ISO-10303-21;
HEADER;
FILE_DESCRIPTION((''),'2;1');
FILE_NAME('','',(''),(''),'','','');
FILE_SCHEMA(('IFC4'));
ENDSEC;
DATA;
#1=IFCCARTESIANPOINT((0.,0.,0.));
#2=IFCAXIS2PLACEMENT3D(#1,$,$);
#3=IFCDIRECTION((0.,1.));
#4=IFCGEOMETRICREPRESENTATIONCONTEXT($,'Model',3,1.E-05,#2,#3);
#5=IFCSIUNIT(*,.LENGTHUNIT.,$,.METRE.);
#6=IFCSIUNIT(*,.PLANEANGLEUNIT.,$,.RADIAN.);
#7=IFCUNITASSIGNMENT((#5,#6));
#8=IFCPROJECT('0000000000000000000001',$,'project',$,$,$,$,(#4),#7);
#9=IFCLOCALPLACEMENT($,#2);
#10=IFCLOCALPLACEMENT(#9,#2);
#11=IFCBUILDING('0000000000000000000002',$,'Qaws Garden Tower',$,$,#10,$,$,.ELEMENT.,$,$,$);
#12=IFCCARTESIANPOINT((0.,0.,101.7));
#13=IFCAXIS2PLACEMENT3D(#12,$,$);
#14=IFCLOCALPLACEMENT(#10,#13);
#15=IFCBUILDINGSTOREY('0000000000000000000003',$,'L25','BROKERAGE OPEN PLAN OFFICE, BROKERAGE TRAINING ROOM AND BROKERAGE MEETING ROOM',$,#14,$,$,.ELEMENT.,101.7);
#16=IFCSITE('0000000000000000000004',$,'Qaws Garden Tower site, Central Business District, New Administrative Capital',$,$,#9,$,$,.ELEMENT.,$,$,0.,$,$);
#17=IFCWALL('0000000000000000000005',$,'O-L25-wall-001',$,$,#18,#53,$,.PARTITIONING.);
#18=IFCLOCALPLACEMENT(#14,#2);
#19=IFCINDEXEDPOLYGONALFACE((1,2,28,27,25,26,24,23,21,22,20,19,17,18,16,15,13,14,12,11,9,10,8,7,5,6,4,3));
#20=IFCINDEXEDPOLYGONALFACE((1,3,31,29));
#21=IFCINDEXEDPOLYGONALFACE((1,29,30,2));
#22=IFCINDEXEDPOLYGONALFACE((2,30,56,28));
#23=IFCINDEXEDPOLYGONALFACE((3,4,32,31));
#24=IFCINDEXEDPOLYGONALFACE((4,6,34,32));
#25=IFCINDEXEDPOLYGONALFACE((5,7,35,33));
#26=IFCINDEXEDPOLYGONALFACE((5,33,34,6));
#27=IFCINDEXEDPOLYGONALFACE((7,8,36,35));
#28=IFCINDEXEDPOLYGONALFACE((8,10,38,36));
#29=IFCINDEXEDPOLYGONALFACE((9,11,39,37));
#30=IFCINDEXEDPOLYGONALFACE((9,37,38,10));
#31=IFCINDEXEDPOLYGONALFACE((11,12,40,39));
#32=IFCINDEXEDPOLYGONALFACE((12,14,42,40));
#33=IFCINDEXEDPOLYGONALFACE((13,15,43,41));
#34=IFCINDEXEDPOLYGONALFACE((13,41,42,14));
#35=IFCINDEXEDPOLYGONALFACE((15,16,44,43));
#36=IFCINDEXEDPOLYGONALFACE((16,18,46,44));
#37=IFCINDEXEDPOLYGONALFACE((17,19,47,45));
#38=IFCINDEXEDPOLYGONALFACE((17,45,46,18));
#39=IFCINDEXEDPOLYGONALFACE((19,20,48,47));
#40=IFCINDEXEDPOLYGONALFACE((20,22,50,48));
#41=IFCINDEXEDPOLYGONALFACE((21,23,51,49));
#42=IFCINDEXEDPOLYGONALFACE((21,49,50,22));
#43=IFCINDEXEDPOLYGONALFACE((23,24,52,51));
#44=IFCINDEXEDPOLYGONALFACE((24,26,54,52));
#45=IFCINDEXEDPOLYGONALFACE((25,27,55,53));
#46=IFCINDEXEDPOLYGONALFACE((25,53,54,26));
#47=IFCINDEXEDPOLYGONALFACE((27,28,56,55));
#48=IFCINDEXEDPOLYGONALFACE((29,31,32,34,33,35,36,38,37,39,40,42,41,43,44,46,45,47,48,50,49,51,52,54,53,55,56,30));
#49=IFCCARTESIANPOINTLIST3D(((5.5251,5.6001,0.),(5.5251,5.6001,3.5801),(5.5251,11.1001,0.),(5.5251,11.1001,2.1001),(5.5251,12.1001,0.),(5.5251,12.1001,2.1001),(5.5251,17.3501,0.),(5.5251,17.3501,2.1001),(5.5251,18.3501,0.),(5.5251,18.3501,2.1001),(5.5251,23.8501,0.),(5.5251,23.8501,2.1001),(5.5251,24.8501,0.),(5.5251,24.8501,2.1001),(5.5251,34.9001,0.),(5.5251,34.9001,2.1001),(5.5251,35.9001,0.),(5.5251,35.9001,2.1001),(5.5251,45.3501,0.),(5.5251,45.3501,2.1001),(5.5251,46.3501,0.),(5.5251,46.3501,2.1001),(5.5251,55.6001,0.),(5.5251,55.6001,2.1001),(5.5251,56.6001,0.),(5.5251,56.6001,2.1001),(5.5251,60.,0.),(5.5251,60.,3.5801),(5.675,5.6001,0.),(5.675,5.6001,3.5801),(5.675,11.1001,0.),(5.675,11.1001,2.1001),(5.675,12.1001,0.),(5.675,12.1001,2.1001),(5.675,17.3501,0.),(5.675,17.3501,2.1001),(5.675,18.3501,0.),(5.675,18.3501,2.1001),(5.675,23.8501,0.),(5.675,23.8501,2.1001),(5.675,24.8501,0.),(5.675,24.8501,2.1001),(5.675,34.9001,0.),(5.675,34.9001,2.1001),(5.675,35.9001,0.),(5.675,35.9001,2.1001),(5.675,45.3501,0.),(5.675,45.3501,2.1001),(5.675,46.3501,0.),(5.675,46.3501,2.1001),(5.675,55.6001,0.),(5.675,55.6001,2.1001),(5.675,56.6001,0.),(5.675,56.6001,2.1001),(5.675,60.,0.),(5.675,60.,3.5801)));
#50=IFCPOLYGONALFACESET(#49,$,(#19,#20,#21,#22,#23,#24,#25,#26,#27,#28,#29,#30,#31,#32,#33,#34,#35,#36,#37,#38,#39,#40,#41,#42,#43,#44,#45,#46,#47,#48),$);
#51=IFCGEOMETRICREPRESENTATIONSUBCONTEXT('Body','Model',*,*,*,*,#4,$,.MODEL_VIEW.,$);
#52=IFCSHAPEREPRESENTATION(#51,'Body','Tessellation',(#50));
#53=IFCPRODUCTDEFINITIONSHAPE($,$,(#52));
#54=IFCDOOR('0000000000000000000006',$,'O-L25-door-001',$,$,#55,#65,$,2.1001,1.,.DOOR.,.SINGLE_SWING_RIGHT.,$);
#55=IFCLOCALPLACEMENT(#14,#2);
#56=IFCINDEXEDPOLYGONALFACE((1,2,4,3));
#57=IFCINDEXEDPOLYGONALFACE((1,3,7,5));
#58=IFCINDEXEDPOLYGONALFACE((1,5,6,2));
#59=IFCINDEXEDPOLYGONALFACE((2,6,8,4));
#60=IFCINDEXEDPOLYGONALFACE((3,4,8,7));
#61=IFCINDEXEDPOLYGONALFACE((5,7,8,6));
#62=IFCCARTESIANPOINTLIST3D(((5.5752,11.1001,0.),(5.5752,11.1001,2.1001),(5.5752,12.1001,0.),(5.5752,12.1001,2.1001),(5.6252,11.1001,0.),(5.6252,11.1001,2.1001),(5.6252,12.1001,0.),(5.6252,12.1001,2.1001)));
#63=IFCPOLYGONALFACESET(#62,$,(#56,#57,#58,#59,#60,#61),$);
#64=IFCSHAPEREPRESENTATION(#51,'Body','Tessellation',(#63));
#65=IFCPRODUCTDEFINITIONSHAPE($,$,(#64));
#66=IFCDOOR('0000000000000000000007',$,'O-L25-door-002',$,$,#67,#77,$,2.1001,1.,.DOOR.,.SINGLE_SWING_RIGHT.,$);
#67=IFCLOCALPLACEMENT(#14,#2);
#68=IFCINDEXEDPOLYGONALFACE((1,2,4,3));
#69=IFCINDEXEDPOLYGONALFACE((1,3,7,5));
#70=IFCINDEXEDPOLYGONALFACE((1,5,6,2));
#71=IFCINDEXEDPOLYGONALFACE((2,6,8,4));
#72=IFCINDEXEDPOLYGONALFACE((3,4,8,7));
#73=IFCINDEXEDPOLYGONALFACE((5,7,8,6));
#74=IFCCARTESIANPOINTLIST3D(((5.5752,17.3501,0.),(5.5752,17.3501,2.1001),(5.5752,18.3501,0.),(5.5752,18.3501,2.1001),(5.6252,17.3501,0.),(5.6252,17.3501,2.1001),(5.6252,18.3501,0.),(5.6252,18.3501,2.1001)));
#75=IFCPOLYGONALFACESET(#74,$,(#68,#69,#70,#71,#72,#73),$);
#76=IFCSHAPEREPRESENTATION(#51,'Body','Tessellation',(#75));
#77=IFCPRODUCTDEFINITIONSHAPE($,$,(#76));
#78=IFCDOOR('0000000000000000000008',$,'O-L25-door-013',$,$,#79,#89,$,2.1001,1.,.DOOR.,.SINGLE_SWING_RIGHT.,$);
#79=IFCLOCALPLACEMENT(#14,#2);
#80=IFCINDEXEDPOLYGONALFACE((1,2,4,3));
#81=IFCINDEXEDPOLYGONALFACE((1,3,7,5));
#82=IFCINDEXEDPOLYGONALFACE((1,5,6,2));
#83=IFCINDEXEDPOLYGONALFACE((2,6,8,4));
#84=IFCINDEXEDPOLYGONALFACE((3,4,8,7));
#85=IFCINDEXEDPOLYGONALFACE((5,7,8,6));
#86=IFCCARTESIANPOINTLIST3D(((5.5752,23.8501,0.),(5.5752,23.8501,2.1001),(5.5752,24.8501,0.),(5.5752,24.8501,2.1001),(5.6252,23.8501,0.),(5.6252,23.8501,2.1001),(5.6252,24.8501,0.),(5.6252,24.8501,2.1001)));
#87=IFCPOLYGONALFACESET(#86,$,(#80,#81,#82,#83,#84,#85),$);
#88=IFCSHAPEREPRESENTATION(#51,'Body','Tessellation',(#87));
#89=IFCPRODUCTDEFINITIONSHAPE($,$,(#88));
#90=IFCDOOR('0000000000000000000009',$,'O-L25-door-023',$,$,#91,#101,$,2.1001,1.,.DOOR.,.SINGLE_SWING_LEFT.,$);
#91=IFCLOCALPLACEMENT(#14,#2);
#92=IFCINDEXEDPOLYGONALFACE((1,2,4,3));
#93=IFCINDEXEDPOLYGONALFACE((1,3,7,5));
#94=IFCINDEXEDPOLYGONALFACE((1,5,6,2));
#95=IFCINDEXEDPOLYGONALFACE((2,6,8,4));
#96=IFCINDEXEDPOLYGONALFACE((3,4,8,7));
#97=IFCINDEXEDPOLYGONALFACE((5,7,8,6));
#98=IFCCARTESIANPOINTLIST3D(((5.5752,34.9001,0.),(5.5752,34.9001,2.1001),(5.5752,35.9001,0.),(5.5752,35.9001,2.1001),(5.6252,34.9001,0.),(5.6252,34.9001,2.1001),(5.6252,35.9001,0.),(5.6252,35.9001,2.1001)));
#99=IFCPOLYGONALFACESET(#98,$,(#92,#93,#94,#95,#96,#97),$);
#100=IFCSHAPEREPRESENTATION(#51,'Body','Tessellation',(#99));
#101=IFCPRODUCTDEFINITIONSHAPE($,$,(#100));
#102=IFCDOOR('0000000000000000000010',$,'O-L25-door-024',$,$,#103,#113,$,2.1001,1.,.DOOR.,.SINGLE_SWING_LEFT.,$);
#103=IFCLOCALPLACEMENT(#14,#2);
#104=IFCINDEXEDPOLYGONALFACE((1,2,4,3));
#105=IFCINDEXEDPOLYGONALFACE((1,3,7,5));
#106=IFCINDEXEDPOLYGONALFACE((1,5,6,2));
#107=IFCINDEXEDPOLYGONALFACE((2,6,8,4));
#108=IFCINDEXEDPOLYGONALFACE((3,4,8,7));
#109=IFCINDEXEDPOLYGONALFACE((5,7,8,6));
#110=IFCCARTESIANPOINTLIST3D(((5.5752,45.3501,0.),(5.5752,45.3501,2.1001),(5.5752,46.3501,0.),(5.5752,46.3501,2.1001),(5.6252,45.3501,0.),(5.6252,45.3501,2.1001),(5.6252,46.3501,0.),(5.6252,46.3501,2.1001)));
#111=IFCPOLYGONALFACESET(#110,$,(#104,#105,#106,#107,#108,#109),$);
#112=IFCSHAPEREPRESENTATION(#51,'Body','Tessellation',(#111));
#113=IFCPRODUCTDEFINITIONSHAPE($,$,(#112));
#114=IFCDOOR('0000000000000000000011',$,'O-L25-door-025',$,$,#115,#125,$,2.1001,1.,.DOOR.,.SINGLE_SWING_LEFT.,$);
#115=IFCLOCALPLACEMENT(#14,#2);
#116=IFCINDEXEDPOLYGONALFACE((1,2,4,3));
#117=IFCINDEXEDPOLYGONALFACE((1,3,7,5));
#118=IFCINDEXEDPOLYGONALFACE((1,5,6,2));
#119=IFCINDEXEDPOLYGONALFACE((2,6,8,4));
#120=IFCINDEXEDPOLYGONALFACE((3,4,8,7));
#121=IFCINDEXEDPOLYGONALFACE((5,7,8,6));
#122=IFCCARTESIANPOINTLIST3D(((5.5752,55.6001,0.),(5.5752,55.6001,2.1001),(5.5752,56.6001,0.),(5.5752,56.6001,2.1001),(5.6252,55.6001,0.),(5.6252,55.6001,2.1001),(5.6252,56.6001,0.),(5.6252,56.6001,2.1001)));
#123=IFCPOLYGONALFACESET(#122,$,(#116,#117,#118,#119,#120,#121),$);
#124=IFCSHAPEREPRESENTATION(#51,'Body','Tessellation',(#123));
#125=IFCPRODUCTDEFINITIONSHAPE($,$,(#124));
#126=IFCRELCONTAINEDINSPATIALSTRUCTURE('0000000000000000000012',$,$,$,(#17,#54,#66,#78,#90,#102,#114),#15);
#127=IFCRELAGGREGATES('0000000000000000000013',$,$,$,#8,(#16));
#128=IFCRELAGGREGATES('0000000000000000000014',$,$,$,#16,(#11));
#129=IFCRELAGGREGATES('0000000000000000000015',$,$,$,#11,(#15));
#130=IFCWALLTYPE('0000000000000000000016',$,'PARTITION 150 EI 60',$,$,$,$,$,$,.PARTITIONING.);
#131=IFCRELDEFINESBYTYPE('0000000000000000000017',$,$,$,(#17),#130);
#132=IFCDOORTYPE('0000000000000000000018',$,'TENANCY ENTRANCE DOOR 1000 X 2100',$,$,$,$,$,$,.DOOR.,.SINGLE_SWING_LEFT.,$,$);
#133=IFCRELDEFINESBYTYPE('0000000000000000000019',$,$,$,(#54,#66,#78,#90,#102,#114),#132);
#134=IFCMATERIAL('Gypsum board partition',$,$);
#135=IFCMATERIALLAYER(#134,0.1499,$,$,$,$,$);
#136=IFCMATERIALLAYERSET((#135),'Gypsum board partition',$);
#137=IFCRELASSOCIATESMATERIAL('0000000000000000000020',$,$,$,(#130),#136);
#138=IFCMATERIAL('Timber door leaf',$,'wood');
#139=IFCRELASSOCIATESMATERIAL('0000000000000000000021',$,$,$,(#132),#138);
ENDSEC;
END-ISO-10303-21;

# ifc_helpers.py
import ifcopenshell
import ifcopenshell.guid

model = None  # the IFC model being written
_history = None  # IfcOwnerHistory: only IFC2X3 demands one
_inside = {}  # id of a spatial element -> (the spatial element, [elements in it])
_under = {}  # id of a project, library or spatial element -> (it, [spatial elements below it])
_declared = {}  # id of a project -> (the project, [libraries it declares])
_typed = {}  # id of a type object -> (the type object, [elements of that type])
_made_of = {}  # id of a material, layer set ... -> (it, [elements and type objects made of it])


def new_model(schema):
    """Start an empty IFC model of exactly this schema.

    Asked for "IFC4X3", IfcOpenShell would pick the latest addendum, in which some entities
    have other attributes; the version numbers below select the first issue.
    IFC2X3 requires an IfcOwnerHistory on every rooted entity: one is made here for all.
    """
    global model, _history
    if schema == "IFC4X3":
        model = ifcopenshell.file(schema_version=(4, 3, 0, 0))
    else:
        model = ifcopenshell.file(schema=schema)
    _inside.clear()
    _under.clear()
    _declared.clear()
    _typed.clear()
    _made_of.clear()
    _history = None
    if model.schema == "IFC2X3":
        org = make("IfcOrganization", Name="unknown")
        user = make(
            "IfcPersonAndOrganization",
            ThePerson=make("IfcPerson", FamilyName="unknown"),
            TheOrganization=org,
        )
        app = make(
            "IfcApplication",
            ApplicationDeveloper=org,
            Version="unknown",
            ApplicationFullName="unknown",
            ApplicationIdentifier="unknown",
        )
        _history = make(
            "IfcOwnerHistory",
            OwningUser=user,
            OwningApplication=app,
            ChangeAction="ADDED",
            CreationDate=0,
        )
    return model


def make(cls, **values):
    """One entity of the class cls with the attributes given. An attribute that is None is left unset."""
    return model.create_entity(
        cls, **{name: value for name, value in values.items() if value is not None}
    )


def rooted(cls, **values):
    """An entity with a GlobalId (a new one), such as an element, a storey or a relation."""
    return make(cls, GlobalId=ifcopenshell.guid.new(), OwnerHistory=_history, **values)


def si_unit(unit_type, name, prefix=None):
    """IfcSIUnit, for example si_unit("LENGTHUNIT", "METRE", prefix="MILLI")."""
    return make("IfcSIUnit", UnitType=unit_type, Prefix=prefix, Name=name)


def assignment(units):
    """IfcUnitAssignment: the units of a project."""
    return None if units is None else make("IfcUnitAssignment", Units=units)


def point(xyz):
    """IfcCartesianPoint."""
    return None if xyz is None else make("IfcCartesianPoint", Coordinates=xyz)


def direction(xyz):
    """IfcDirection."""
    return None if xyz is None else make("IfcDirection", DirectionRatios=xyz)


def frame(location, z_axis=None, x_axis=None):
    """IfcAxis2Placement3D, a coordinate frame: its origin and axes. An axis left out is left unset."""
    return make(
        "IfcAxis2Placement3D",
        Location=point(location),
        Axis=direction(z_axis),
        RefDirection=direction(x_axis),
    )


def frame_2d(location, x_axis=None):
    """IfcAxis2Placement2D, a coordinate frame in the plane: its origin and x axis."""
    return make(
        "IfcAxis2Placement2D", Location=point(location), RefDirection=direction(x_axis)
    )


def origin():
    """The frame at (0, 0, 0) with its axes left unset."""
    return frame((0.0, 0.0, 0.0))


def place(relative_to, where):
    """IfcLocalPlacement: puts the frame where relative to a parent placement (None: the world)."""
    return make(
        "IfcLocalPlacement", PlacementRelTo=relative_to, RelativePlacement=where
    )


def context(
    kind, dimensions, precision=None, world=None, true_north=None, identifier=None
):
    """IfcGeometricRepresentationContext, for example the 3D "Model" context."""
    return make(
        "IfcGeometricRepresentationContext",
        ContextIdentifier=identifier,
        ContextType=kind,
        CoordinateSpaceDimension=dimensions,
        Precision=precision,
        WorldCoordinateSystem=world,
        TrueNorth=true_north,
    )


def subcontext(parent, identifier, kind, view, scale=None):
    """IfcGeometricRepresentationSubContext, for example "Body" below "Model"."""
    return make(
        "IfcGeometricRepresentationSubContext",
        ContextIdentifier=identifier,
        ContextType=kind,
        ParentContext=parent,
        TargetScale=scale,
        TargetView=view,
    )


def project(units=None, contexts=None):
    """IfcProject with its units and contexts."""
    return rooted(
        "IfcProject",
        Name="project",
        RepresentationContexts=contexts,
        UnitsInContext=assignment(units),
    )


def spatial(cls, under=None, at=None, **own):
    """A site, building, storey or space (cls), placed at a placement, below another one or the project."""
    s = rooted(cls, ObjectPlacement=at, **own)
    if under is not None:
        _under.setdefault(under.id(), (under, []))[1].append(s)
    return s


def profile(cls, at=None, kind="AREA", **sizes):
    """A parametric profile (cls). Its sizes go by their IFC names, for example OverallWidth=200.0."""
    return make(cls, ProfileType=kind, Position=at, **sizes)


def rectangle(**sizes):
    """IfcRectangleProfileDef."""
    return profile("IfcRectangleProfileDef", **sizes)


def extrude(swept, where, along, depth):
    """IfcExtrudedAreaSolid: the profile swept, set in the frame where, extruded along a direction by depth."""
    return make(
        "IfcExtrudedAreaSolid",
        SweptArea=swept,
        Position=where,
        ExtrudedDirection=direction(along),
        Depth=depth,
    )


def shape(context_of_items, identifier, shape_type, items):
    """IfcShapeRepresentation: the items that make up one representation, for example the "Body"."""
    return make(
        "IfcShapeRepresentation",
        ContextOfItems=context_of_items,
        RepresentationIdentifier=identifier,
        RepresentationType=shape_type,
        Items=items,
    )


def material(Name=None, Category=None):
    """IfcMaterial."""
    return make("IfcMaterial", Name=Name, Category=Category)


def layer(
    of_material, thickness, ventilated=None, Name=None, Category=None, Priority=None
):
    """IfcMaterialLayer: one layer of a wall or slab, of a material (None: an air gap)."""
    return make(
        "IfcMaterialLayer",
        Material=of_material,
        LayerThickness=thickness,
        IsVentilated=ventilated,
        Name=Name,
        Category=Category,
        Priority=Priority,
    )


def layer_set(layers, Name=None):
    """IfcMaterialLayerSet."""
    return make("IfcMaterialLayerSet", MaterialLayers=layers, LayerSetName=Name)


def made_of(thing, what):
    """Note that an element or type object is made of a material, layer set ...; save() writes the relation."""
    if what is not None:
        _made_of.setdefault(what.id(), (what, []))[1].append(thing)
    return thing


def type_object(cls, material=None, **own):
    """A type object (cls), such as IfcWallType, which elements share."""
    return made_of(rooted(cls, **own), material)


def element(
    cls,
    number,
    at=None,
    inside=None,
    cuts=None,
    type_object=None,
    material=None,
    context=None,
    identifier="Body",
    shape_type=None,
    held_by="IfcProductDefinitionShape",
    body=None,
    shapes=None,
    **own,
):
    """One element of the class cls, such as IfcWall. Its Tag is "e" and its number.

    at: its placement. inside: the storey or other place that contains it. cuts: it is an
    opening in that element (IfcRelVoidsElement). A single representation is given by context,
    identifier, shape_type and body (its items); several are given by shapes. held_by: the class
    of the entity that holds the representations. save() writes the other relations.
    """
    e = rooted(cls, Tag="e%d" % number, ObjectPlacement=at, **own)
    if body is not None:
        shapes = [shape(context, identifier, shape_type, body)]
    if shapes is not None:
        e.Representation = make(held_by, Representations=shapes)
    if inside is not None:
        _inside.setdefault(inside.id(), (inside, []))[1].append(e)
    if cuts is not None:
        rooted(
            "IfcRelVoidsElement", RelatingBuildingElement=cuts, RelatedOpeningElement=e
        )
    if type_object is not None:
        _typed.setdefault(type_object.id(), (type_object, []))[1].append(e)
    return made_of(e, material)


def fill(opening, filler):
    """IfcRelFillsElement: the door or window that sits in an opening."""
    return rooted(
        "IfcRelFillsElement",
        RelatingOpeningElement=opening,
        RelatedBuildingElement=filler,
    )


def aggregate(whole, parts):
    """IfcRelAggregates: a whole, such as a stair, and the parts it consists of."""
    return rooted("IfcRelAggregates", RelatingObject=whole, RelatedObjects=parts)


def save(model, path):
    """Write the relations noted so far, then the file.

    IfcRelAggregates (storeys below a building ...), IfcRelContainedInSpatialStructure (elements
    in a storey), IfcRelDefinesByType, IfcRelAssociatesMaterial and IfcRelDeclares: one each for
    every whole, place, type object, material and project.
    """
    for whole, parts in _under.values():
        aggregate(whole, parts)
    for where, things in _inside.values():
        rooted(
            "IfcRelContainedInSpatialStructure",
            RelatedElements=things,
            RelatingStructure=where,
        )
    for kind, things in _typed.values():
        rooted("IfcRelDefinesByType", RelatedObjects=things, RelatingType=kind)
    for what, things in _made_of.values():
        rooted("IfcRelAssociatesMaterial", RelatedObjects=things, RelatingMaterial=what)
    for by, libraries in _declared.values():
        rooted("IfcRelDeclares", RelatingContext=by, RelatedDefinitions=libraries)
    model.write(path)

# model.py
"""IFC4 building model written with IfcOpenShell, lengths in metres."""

from ifc_helpers import new_model, si_unit, direction, frame, frame_2d, origin, place, context, subcontext, project, spatial, rectangle, extrude, material, layer, layer_set, type_object, element, fill, save


model = new_model("IFC4")

# Units and contexts
model_context = context("Model", 3, precision=1e-05, world=origin(), true_north=direction((0.0, 1.0)))
body_context = subcontext(model_context, "Body", "Model", "MODEL_VIEW")
ifc_project = project(units=[si_unit("LENGTHUNIT", "METRE"), si_unit("PLANEANGLEUNIT", "RADIAN")], contexts=[model_context])

# Site, building, storey
site_placement = place(None, origin())
site = spatial("IfcSite", under=ifc_project, at=site_placement, Name="Qaws Garden Tower site, Central Business District, New Administrative Capital", CompositionType="ELEMENT", RefElevation=0.0)
building_placement = place(site_placement, origin())
building = spatial("IfcBuilding", under=site, at=building_placement, Name="Qaws Garden Tower", CompositionType="ELEMENT")
storey_placement = place(building_placement, frame((0.0, 0.0, 101.7)))
storey = spatial("IfcBuildingStorey", under=building, at=storey_placement, Name="L25", Description="BROKERAGE OPEN PLAN OFFICE, BROKERAGE TRAINING ROOM AND BROKERAGE MEETING ROOM", CompositionType="ELEMENT", Elevation=101.7)

# Wall, openings, doors
ifc_material_1 = material(Name="Gypsum board partition")
ifc_layer_1 = layer(ifc_material_1, 0.1499)
ifc_layer_set_1 = layer_set([ifc_layer_1], Name="Gypsum board partition")
wall_type_1 = type_object("IfcWallType", Name="PARTITION 150 EI 60", PredefinedType="PARTITIONING", material=ifc_layer_set_1)
wall_1_placement = place(storey_placement, frame((5.6001, 5.6001, 0.0), z_axis=(0.0, 0.0, 1.0), x_axis=(0.0, 1.0, 0.0)))
wall_1 = element("IfcWall", 1, at=wall_1_placement, inside=storey, type_object=wall_type_1, Name="O-L25-wall-001", PredefinedType="PARTITIONING", context=body_context, shape_type="SweptSolid", body=[
    extrude(rectangle(XDim=54.3999, YDim=0.1499, at=frame_2d((27.2, 0.0))), origin(), (0.0, 0.0, 1.0), 3.5801),
])
opening_1_placement = place(wall_1_placement, frame((5.5, 0.0, 0.0)))
opening_1 = element("IfcOpeningElement", 2, at=opening_1_placement, cuts=wall_1, PredefinedType="OPENING", context=body_context, shape_type="SweptSolid", body=[
    extrude(rectangle(XDim=1.0, YDim=2.1001, at=frame_2d((0.5, 1.05))), frame((0.0, 0.085, 0.0), z_axis=(0.0, -1.0, 0.0), x_axis=(1.0, 0.0, 0.0)), (0.0, 0.0, 1.0), 0.1699),
])
opening_2_placement = place(wall_1_placement, frame((11.75, 0.0, 0.0)))
opening_2 = element("IfcOpeningElement", 3, at=opening_2_placement, cuts=wall_1, PredefinedType="OPENING", context=body_context, shape_type="SweptSolid", body=[
    extrude(rectangle(XDim=1.0, YDim=2.1001, at=frame_2d((0.5, 1.05))), frame((0.0, 0.085, 0.0), z_axis=(0.0, -1.0, 0.0), x_axis=(1.0, 0.0, 0.0)), (0.0, 0.0, 1.0), 0.1699),
])
opening_3_placement = place(wall_1_placement, frame((18.25, 0.0, 0.0)))
opening_3 = element("IfcOpeningElement", 4, at=opening_3_placement, cuts=wall_1, PredefinedType="OPENING", context=body_context, shape_type="SweptSolid", body=[
    extrude(rectangle(XDim=1.0, YDim=2.1001, at=frame_2d((0.5, 1.05))), frame((0.0, 0.085, 0.0), z_axis=(0.0, -1.0, 0.0), x_axis=(1.0, 0.0, 0.0)), (0.0, 0.0, 1.0), 0.1699),
])
opening_4_placement = place(wall_1_placement, frame((29.3, 0.0, 0.0)))
opening_4 = element("IfcOpeningElement", 5, at=opening_4_placement, cuts=wall_1, PredefinedType="OPENING", context=body_context, shape_type="SweptSolid", body=[
    extrude(rectangle(XDim=1.0, YDim=2.1001, at=frame_2d((0.5, 1.05))), frame((0.0, 0.085, 0.0), z_axis=(0.0, -1.0, 0.0), x_axis=(1.0, 0.0, 0.0)), (0.0, 0.0, 1.0), 0.1699),
])
opening_5_placement = place(wall_1_placement, frame((39.75, 0.0, 0.0)))
opening_5 = element("IfcOpeningElement", 6, at=opening_5_placement, cuts=wall_1, PredefinedType="OPENING", context=body_context, shape_type="SweptSolid", body=[
    extrude(rectangle(XDim=1.0, YDim=2.1001, at=frame_2d((0.5, 1.05))), frame((0.0, 0.085, 0.0), z_axis=(0.0, -1.0, 0.0), x_axis=(1.0, 0.0, 0.0)), (0.0, 0.0, 1.0), 0.1699),
])
opening_6_placement = place(wall_1_placement, frame((50.0, 0.0, 0.0)))
opening_6 = element("IfcOpeningElement", 7, at=opening_6_placement, cuts=wall_1, PredefinedType="OPENING", context=body_context, shape_type="SweptSolid", body=[
    extrude(rectangle(XDim=1.0, YDim=2.1001, at=frame_2d((0.5, 1.05))), frame((0.0, 0.085, 0.0), z_axis=(0.0, -1.0, 0.0), x_axis=(1.0, 0.0, 0.0)), (0.0, 0.0, 1.0), 0.1699),
])
ifc_material_2 = material(Name="Timber door leaf", Category="wood")
door_type_1 = type_object("IfcDoorType", Name="TENANCY ENTRANCE DOOR 1000 X 2100", OperationType="SINGLE_SWING_LEFT", PredefinedType="DOOR", material=ifc_material_2)
door_1_placement = place(opening_1_placement, origin())
door_1 = element("IfcDoor", 8, at=door_1_placement, inside=storey, type_object=door_type_1, Name="O-L25-door-001", OperationType="SINGLE_SWING_RIGHT", OverallHeight=2.1001, OverallWidth=1.0, PredefinedType="DOOR", context=body_context, shape_type="SweptSolid", body=[
    extrude(rectangle(XDim=1.0, YDim=2.1001, at=frame_2d((0.5, 1.05))), frame((0.0, 0.0249, 0.0), z_axis=(0.0, -1.0, 0.0), x_axis=(1.0, 0.0, 0.0)), (0.0, 0.0, 1.0), 0.05),
])
fill(opening_1, door_1)
door_2_placement = place(opening_2_placement, origin())
door_2 = element("IfcDoor", 9, at=door_2_placement, inside=storey, type_object=door_type_1, Name="O-L25-door-002", OperationType="SINGLE_SWING_RIGHT", OverallHeight=2.1001, OverallWidth=1.0, PredefinedType="DOOR", context=body_context, shape_type="SweptSolid", body=[
    extrude(rectangle(XDim=1.0, YDim=2.1001, at=frame_2d((0.5, 1.05))), frame((0.0, 0.0249, 0.0), z_axis=(0.0, -1.0, 0.0), x_axis=(1.0, 0.0, 0.0)), (0.0, 0.0, 1.0), 0.05),
])
fill(opening_2, door_2)
door_3_placement = place(opening_3_placement, origin())
door_3 = element("IfcDoor", 10, at=door_3_placement, inside=storey, type_object=door_type_1, Name="O-L25-door-013", OperationType="SINGLE_SWING_RIGHT", OverallHeight=2.1001, OverallWidth=1.0, PredefinedType="DOOR", context=body_context, shape_type="SweptSolid", body=[
    extrude(rectangle(XDim=1.0, YDim=2.1001, at=frame_2d((0.5, 1.05))), frame((0.0, 0.0249, 0.0), z_axis=(0.0, -1.0, 0.0), x_axis=(1.0, 0.0, 0.0)), (0.0, 0.0, 1.0), 0.05),
])
fill(opening_3, door_3)
door_4_placement = place(opening_4_placement, origin())
door_4 = element("IfcDoor", 11, at=door_4_placement, inside=storey, type_object=door_type_1, Name="O-L25-door-023", OperationType="SINGLE_SWING_LEFT", OverallHeight=2.1001, OverallWidth=1.0, PredefinedType="DOOR", context=body_context, shape_type="SweptSolid", body=[
    extrude(rectangle(XDim=1.0, YDim=2.1001, at=frame_2d((0.5, 1.05))), frame((0.0, 0.0249, 0.0), z_axis=(0.0, -1.0, 0.0), x_axis=(1.0, 0.0, 0.0)), (0.0, 0.0, 1.0), 0.05),
])
fill(opening_4, door_4)
door_5_placement = place(opening_5_placement, origin())
door_5 = element("IfcDoor", 12, at=door_5_placement, inside=storey, type_object=door_type_1, Name="O-L25-door-024", OperationType="SINGLE_SWING_LEFT", OverallHeight=2.1001, OverallWidth=1.0, PredefinedType="DOOR", context=body_context, shape_type="SweptSolid", body=[
    extrude(rectangle(XDim=1.0, YDim=2.1001, at=frame_2d((0.5, 1.05))), frame((0.0, 0.0249, 0.0), z_axis=(0.0, -1.0, 0.0), x_axis=(1.0, 0.0, 0.0)), (0.0, 0.0, 1.0), 0.05),
])
fill(opening_5, door_5)
door_6_placement = place(opening_6_placement, origin())
door_6 = element("IfcDoor", 13, at=door_6_placement, inside=storey, type_object=door_type_1, Name="O-L25-door-025", OperationType="SINGLE_SWING_LEFT", OverallHeight=2.1001, OverallWidth=1.0, PredefinedType="DOOR", context=body_context, shape_type="SweptSolid", body=[
    extrude(rectangle(XDim=1.0, YDim=2.1001, at=frame_2d((0.5, 1.05))), frame((0.0, 0.0249, 0.0), z_axis=(0.0, -1.0, 0.0), x_axis=(1.0, 0.0, 0.0)), (0.0, 0.0, 1.0), 0.05),
])
fill(opening_6, door_6)

save(model, "model.ifc")
